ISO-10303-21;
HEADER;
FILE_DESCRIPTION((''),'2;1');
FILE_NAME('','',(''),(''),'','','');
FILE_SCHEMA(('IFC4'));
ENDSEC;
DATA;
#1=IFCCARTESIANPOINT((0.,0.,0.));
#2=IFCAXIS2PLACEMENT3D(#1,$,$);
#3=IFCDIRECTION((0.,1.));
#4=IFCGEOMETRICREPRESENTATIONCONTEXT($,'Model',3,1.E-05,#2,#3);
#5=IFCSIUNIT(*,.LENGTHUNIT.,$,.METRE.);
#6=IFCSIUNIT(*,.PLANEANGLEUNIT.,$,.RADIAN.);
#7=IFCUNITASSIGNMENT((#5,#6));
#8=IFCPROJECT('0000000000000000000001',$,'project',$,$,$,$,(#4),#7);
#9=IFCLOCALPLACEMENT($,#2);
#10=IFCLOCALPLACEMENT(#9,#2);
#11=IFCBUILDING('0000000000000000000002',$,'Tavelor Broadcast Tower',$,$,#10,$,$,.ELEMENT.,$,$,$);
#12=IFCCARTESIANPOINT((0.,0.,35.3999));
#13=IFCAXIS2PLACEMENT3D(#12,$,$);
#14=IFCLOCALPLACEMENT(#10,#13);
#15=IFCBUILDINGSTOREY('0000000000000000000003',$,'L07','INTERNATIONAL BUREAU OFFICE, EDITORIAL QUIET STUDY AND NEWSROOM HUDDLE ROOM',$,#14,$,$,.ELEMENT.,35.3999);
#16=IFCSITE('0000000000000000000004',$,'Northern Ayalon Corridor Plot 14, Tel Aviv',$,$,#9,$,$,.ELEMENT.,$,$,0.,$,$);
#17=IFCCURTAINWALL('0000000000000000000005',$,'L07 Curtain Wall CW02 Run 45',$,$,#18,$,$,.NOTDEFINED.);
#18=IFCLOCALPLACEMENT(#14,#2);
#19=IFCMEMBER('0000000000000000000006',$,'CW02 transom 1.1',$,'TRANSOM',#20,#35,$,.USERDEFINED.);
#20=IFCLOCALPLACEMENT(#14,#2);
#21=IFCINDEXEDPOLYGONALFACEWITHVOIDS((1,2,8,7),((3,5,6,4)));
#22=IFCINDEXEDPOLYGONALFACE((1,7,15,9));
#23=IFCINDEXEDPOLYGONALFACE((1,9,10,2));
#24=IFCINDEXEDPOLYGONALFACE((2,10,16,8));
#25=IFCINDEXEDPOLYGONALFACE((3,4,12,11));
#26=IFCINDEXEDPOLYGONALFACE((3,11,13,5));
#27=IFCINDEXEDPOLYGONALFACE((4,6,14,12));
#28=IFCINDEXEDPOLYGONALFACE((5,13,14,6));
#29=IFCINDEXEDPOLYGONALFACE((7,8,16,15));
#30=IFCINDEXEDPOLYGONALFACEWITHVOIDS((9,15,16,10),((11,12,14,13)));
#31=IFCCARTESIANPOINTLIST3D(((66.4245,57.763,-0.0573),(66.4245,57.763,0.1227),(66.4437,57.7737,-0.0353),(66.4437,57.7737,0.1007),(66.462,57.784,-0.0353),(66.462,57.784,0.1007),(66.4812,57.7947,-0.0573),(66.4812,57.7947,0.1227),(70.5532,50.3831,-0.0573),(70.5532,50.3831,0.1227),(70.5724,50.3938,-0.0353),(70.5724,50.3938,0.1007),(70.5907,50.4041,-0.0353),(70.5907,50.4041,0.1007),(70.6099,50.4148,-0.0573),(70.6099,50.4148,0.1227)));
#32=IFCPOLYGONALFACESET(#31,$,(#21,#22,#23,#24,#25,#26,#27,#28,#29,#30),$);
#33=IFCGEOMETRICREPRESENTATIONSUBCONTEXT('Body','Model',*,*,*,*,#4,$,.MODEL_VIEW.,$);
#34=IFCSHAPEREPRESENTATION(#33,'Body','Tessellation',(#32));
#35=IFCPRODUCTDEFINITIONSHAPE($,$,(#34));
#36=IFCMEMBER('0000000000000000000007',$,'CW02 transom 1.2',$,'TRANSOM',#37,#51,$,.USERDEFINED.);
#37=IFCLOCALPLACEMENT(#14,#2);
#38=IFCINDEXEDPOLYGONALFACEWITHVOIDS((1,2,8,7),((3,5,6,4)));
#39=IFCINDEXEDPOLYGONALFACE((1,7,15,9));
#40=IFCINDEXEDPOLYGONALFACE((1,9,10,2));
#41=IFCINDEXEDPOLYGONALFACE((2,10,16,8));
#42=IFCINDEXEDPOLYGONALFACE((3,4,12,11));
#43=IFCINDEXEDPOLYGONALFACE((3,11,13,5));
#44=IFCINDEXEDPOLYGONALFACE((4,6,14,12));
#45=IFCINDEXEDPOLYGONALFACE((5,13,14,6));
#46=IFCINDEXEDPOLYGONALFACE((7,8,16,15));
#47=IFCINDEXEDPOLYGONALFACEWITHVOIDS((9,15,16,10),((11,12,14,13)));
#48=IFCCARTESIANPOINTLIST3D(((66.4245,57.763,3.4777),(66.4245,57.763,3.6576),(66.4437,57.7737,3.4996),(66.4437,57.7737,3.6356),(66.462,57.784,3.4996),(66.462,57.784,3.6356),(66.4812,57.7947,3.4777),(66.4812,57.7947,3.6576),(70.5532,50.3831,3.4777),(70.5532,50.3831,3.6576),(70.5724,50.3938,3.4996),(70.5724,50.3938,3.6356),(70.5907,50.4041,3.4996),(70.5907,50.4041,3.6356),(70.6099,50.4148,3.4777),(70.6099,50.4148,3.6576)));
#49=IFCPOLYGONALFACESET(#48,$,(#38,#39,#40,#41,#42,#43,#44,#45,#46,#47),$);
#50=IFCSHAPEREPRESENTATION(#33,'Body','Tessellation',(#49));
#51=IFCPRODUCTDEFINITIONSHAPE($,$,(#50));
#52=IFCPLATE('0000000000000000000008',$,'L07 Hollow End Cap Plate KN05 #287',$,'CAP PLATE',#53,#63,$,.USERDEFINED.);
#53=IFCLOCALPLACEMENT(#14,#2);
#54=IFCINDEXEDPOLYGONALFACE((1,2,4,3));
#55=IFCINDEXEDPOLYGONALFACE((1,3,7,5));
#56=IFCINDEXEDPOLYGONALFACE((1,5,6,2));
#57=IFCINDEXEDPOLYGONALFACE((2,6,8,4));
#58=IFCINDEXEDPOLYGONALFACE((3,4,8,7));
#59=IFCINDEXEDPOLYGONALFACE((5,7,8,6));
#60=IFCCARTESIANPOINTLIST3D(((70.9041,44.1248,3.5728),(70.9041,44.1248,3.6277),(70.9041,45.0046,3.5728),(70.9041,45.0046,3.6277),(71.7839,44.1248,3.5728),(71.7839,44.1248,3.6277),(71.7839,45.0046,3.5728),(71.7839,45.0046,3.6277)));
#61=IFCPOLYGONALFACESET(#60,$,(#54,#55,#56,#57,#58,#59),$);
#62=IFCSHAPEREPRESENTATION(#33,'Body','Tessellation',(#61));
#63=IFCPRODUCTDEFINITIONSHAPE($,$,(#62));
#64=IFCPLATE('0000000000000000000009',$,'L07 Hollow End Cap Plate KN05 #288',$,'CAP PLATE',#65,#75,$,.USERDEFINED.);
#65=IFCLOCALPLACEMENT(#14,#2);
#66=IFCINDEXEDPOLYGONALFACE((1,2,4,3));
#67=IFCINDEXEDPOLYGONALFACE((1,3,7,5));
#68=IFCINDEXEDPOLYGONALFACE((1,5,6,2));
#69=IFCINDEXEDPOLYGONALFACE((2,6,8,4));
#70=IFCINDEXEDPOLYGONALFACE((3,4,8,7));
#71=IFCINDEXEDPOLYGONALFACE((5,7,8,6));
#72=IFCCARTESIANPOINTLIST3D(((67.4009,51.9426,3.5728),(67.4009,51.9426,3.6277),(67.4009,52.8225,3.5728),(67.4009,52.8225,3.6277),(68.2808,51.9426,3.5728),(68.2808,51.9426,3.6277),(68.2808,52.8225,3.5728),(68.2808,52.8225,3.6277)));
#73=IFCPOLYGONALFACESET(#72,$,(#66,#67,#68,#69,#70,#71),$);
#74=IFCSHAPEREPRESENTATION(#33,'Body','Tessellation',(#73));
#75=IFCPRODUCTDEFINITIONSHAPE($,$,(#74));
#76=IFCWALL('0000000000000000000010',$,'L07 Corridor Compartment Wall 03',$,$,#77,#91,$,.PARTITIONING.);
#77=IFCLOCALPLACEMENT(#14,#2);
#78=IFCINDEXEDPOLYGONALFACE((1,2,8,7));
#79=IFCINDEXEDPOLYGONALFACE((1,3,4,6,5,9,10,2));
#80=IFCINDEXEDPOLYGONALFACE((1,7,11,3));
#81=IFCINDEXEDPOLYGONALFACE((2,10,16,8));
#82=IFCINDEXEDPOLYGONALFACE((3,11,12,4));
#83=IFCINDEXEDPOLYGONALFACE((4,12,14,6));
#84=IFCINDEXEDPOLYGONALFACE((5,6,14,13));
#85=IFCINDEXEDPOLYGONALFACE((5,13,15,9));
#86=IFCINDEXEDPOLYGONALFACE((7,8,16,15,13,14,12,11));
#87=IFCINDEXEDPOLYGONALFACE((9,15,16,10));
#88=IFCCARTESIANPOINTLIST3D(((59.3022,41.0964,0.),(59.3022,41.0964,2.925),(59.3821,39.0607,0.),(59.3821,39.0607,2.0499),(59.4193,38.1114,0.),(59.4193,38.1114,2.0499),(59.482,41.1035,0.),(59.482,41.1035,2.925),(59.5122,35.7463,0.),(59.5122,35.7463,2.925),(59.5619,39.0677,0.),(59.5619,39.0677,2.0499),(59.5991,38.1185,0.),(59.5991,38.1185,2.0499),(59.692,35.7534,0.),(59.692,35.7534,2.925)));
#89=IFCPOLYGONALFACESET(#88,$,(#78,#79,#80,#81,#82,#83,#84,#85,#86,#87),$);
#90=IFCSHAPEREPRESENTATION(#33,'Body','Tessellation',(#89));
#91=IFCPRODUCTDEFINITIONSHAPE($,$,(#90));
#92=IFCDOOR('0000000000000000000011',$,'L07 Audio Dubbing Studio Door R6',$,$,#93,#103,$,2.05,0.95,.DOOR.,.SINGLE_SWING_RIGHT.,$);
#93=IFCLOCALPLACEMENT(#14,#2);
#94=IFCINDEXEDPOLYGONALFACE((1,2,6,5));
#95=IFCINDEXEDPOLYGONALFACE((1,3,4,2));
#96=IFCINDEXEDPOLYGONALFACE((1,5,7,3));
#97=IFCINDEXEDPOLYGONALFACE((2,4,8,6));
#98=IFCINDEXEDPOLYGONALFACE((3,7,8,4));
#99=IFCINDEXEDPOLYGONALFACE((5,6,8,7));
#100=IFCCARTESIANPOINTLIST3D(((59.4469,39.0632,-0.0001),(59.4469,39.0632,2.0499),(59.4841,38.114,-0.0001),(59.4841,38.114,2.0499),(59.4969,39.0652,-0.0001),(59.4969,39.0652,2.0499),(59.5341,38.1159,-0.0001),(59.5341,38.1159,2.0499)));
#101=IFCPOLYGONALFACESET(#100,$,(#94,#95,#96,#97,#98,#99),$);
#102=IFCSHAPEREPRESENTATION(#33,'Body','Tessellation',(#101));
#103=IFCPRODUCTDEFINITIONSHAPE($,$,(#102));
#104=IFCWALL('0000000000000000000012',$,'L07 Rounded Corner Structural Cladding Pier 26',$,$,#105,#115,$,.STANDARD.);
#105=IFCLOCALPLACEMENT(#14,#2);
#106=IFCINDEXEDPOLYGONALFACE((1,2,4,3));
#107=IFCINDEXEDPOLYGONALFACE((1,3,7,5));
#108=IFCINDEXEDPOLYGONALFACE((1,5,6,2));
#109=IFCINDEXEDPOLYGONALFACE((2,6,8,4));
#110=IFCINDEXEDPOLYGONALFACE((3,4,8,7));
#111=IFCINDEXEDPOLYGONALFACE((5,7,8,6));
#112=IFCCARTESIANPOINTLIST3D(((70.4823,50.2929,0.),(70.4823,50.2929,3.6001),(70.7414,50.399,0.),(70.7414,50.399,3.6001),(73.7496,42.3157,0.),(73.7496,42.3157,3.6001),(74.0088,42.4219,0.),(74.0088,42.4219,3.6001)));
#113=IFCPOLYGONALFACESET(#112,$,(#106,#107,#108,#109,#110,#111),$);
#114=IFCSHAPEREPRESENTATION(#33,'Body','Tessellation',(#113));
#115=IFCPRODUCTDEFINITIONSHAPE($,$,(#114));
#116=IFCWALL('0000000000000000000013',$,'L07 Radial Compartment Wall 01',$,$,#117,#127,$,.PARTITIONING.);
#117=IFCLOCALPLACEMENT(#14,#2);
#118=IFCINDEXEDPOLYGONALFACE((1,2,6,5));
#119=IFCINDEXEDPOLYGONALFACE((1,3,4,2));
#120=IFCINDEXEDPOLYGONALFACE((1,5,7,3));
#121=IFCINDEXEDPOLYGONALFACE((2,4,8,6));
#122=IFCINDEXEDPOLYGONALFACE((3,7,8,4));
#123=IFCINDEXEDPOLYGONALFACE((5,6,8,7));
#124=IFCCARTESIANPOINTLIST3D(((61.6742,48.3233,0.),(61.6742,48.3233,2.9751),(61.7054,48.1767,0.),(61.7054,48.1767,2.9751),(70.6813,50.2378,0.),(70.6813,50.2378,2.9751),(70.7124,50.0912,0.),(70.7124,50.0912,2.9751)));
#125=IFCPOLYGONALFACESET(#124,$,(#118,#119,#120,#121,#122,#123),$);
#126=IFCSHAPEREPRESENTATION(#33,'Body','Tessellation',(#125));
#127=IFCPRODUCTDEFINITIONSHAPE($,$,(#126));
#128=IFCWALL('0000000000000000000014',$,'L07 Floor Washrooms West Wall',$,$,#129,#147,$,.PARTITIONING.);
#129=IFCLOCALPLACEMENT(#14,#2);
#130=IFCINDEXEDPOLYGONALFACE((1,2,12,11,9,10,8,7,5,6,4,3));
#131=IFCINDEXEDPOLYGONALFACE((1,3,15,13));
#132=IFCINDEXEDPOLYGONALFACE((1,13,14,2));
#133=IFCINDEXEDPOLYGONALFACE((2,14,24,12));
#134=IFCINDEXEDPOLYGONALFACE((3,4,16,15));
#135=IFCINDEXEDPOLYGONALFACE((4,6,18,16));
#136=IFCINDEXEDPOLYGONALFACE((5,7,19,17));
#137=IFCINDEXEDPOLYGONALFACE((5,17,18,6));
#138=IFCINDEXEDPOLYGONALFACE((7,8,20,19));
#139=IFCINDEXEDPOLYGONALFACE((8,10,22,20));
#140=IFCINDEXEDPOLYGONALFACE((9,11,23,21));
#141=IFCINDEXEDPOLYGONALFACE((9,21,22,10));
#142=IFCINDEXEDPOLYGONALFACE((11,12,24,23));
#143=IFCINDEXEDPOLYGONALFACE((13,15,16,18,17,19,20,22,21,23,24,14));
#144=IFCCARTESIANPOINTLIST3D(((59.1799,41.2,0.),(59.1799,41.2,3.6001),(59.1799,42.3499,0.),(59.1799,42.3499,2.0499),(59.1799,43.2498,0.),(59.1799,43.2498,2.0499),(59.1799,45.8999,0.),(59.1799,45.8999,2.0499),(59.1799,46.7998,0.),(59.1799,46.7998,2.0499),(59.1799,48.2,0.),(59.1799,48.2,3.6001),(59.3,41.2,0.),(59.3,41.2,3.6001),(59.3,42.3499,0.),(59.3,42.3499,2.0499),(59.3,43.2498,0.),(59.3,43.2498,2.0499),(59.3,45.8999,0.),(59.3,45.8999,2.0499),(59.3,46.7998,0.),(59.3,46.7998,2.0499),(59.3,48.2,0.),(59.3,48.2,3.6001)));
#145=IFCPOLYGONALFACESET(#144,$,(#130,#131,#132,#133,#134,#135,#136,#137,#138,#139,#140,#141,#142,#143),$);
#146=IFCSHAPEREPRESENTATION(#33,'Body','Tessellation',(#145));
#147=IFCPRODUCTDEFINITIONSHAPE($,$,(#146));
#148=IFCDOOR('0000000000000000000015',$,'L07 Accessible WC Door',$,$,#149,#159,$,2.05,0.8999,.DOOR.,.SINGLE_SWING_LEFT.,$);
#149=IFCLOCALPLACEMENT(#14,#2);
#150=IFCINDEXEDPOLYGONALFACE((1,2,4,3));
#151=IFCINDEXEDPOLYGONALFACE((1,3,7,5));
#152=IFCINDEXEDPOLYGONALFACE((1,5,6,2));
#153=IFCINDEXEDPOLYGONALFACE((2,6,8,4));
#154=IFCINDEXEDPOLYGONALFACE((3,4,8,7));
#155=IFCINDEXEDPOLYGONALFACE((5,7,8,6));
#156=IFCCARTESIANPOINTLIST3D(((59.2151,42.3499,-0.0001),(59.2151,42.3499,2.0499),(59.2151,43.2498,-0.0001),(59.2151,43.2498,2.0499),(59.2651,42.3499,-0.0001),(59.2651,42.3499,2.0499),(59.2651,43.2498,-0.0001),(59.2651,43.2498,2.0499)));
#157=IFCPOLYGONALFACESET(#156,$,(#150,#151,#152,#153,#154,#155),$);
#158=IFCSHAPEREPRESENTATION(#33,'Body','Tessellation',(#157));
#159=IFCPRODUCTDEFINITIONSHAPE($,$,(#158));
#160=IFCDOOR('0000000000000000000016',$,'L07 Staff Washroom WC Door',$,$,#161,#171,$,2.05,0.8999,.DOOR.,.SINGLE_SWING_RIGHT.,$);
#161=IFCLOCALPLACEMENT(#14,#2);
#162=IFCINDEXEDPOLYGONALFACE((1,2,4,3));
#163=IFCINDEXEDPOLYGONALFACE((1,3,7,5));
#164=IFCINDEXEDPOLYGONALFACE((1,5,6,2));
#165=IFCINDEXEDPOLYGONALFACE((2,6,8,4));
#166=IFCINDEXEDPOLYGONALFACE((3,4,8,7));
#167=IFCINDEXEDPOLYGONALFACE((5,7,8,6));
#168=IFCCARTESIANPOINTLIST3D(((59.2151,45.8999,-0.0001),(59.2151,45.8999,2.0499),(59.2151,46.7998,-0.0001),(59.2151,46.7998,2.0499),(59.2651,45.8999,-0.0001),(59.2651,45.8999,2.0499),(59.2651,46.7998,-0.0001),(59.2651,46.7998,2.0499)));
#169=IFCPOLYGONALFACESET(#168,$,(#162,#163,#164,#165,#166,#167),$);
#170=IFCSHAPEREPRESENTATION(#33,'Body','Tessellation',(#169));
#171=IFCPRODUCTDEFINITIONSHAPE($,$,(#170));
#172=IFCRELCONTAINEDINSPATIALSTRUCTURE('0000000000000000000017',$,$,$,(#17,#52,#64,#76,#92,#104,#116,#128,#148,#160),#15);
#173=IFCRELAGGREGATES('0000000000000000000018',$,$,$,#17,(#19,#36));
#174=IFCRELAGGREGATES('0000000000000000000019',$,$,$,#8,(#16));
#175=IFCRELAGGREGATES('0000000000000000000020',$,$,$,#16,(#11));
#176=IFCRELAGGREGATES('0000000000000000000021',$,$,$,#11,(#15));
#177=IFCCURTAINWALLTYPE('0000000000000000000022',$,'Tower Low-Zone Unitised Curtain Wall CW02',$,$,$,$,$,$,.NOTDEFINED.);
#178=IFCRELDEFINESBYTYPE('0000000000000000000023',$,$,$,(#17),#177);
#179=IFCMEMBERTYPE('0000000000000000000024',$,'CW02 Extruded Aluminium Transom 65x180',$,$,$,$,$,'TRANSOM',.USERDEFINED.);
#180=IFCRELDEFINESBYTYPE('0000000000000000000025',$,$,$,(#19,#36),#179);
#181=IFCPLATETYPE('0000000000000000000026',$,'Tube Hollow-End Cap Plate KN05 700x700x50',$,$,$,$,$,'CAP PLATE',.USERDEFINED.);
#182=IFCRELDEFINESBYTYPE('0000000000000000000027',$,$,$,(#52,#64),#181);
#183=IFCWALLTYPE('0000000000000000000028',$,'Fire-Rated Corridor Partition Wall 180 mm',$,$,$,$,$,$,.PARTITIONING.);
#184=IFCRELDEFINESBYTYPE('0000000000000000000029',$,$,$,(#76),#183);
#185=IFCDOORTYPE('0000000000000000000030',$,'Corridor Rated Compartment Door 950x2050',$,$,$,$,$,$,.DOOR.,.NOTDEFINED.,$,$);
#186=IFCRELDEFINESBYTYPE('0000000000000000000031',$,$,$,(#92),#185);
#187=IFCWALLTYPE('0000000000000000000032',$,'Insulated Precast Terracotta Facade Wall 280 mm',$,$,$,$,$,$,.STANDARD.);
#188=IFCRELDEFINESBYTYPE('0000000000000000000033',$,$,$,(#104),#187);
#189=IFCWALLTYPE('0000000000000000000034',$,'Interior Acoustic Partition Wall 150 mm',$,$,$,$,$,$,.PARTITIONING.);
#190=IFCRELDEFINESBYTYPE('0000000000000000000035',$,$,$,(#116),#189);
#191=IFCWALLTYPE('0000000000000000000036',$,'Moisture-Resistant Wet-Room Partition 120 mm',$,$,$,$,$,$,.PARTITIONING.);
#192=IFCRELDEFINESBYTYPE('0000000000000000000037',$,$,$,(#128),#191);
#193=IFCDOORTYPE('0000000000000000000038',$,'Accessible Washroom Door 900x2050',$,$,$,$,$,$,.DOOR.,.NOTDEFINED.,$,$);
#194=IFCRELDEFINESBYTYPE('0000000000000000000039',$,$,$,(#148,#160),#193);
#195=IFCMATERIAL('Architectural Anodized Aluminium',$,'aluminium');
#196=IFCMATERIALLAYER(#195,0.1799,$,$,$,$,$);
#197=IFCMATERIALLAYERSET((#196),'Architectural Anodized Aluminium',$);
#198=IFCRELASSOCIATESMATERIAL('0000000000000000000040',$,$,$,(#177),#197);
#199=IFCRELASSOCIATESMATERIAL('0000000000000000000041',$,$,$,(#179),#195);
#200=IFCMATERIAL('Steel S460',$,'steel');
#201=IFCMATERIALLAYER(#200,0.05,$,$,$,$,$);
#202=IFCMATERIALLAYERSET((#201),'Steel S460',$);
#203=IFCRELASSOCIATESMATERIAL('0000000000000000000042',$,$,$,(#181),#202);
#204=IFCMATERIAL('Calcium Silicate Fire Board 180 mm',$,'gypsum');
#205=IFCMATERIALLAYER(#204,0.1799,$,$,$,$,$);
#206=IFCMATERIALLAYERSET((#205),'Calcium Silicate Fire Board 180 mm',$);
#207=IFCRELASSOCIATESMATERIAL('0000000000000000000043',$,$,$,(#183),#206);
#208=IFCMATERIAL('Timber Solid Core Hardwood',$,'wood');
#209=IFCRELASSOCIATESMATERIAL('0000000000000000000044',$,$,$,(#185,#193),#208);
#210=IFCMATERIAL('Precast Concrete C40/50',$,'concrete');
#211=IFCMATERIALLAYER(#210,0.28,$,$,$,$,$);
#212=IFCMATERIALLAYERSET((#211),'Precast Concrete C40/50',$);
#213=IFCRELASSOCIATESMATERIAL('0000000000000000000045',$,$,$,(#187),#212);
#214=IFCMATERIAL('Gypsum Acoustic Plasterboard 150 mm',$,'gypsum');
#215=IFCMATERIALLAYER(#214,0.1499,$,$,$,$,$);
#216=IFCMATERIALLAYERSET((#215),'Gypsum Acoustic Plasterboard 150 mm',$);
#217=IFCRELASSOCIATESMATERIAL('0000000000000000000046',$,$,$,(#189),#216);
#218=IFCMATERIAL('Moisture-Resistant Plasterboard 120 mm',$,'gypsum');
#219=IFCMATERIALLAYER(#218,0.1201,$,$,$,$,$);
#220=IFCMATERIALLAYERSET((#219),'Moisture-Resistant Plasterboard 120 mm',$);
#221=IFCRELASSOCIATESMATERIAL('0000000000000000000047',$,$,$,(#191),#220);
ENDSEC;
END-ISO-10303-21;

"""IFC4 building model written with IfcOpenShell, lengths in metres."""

from ifc_helpers import new_model, si_unit, direction, frame, frame_2d, origin, origin_2d, place, context, subcontext, project, spatial, rectangle, hollow_rectangle, extrude, source, transform, mapped, material, layer, layer_set, material_profile, profile_set, type_object, type_shapes, element, fill, aggregate, save


model = new_model("IFC4")

# Units and contexts
model_context = context("Model", 3, precision=1e-05, world=origin(), true_north=direction((0.0, 1.0)))
body_context = subcontext(model_context, "Body", "Model", "MODEL_VIEW")
ifc_project = project(units=[si_unit("LENGTHUNIT", "METRE"), si_unit("PLANEANGLEUNIT", "RADIAN")], contexts=[model_context])

# Site, building, storey
site_placement = place(None, origin())
site = spatial("IfcSite", under=ifc_project, at=site_placement, Name="Northern Ayalon Corridor Plot 14, Tel Aviv", CompositionType="ELEMENT", RefElevation=0.0)
building_placement = place(site_placement, origin())
building = spatial("IfcBuilding", under=site, at=building_placement, Name="Tavelor Broadcast Tower", CompositionType="ELEMENT")
storey_placement = place(building_placement, frame((0.0, 0.0, 35.3999)))
storey = spatial("IfcBuildingStorey", under=building, at=storey_placement, Name="L07", Description="INTERNATIONAL BUREAU OFFICE, EDITORIAL QUIET STUDY AND NEWSROOM HUDDLE ROOM", CompositionType="ELEMENT", Elevation=35.3999)

# Shared definitions
ifc_material_1 = material(Name="Steel S460", Category="steel")

# Curtain wall, members
ifc_material_2 = material(Name="Architectural Anodized Aluminium", Category="aluminium")
ifc_layer_1 = layer(ifc_material_2, 0.1799)
ifc_layer_set_1 = layer_set([ifc_layer_1], Name="Architectural Anodized Aluminium")
curtain_wall_type = type_object("IfcCurtainWallType", Name="Tower Low-Zone Unitised Curtain Wall CW02", PredefinedType="NOTDEFINED", material=ifc_layer_set_1)
curtain_wall_placement = place(storey_placement, origin())
curtain_wall = element("IfcCurtainWall", 1, at=curtain_wall_placement, inside=storey, type_object=curtain_wall_type, Name="L07 Curtain Wall CW02 Run 45", PredefinedType="NOTDEFINED")
ifc_material_profile_1 = material_profile(ifc_material_2, hollow_rectangle(XDim=0.0649, YDim=0.1799, WallThickness=0.022, at=origin_2d()), Name="RHS 65x180x22")
ifc_profile_set_1 = profile_set([ifc_material_profile_1], Name="Architectural Anodized Aluminium")
member_type_1 = type_object("IfcMemberType", Name="CW02 Extruded Aluminium Transom 65x180", ElementType="TRANSOM", PredefinedType="USERDEFINED", material=ifc_profile_set_1)
shared_shape_1 = source(origin(), body_context, "Body", "SweptSolid", [
    extrude(hollow_rectangle(XDim=0.0649, YDim=0.1799, WallThickness=0.022, at=origin_2d()), origin(), (0.0, 0.0, 1.0), 8.4563),
])
type_shapes(member_type_1, [shared_shape_1])
member_1_placement = place(storey_placement, frame((70.5815, 50.3989, 0.0327), z_axis=(-0.488237, 0.872711, 0.0), x_axis=(-0.872711, -0.488237, 0.0)))
member_1 = element("IfcMember", 2, at=member_1_placement, type_object=member_type_1, Name="CW02 transom 1.1", ObjectType="TRANSOM", PredefinedType="USERDEFINED", context=body_context, shape_type="MappedRepresentation", body=[
    mapped(shared_shape_1, transform((0.0, 0.0, 0.0), scale=1.0)),
])
member_2_placement = place(storey_placement, frame((70.5815, 50.3989, 3.5676), z_axis=(-0.488237, 0.872711, 0.0), x_axis=(-0.872711, -0.488237, 0.0)))
member_2 = element("IfcMember", 3, at=member_2_placement, type_object=member_type_1, Name="CW02 transom 1.2", ObjectType="TRANSOM", PredefinedType="USERDEFINED", context=body_context, shape_type="MappedRepresentation", body=[
    mapped(shared_shape_1, transform((0.0, 0.0, 0.0), scale=1.0)),
])
aggregate(curtain_wall, [member_1, member_2])

# Plates
ifc_layer_2 = layer(ifc_material_1, 0.05)
ifc_layer_set_2 = layer_set([ifc_layer_2], Name="Steel S460")
plate_type = type_object("IfcPlateType", Name="Tube Hollow-End Cap Plate KN05 700x700x50", ElementType="CAP PLATE", PredefinedType="USERDEFINED", material=ifc_layer_set_2)
shared_shape_2 = source(origin(), body_context, "Body", "SweptSolid", [
    extrude(rectangle(XDim=0.8799, YDim=0.8799, at=origin_2d()), origin(), (0.0, 0.0, 1.0), 0.0549),
])
type_shapes(plate_type, [shared_shape_2])
for number, where, z_axis, x_axis, name in (
    (4, (71.344, 44.5647, 3.5728), (0.0, 0.0, 1.0), (1.0, 0.0, 0.0), "L07 Hollow End Cap Plate KN05 #287"),
    (5, (67.8408, 52.3826, 3.5728), (0.0, 0.0, 1.0), (1.0, 0.0, 0.0), "L07 Hollow End Cap Plate KN05 #288"),
):
    element("IfcPlate", number, at=place(storey_placement, frame(where, z_axis=z_axis, x_axis=x_axis)), inside=storey, type_object=plate_type, Name=name, ObjectType="CAP PLATE", PredefinedType="USERDEFINED", context=body_context, shape_type="MappedRepresentation", body=[
        mapped(shared_shape_2, transform((0.0, 0.0, 0.0), scale=1.0)),
    ])

# Wall, opening, door
ifc_material_3 = material(Name="Calcium Silicate Fire Board 180 mm", Category="gypsum")
ifc_layer_3 = layer(ifc_material_3, 0.1799)
ifc_layer_set_3 = layer_set([ifc_layer_3], Name="Calcium Silicate Fire Board 180 mm")
wall_type_1 = type_object("IfcWallType", Name="Fire-Rated Corridor Partition Wall 180 mm", PredefinedType="PARTITIONING", material=ifc_layer_set_3)
wall_1_placement = place(storey_placement, frame((59.3921, 41.1001, 0.0), z_axis=(0.0, 0.0, 1.0), x_axis=(0.039214, -0.999231, 0.0)))
wall_1 = element("IfcWall", 6, at=wall_1_placement, inside=storey, type_object=wall_type_1, Name="L07 Corridor Compartment Wall 03", PredefinedType="PARTITIONING", context=body_context, shape_type="SweptSolid", body=[
    extrude(rectangle(XDim=5.3542, YDim=0.1799, at=frame_2d((2.6772, 0.0))), origin(), (0.0, 0.0, 1.0), 2.925),
])
opening_1_placement = place(wall_1_placement, frame((2.0374, 0.0, 0.0)))
opening_1 = element("IfcOpeningElement", 7, at=opening_1_placement, cuts=wall_1, PredefinedType="OPENING", context=body_context, shape_type="SweptSolid", body=[
    extrude(rectangle(XDim=0.95, YDim=2.05, at=frame_2d((0.4751, 1.0249))), frame((0.0, 0.1001, 0.0), z_axis=(0.0, -1.0, 0.0), x_axis=(1.0, 0.0, 0.0)), (0.0, 0.0, 1.0), 0.2),
])
ifc_material_4 = material(Name="Timber Solid Core Hardwood", Category="wood")
door_type_1 = type_object("IfcDoorType", Name="Corridor Rated Compartment Door 950x2050", OperationType="NOTDEFINED", PredefinedType="DOOR", material=ifc_material_4)
door_1_placement = place(opening_1_placement, origin())
door_1 = element("IfcDoor", 8, at=door_1_placement, inside=storey, type_object=door_type_1, Name="L07 Audio Dubbing Studio Door R6", OperationType="SINGLE_SWING_RIGHT", OverallHeight=2.05, OverallWidth=0.95, PredefinedType="DOOR", context=body_context, shape_type="SweptSolid", body=[
    extrude(rectangle(XDim=0.95, YDim=2.05, at=frame_2d((0.4751, 1.0249))), frame((0.0, 0.0249, 0.0), z_axis=(0.0, -1.0, 0.0), x_axis=(1.0, 0.0, 0.0)), (0.0, 0.0, 1.0), 0.05),
])
fill(opening_1, door_1)

# Walls
ifc_material_5 = material(Name="Precast Concrete C40/50", Category="concrete")
ifc_layer_4 = layer(ifc_material_5, 0.28)
ifc_layer_set_4 = layer_set([ifc_layer_4], Name="Precast Concrete C40/50")
wall_type_2 = type_object("IfcWallType", Name="Insulated Precast Terracotta Facade Wall 280 mm", PredefinedType="STANDARD", material=ifc_layer_set_4)
wall_2_placement = place(storey_placement, frame((73.8792, 42.3689, 0.0), z_axis=(0.0, 0.0, 1.0), x_axis=(-0.37903, 0.925384, 0.0)))
element("IfcWall", 9, at=wall_2_placement, inside=storey, type_object=wall_type_2, Name="L07 Rounded Corner Structural Cladding Pier 26", PredefinedType="STANDARD", context=body_context, shape_type="SweptSolid", body=[
    extrude(rectangle(XDim=8.6204, YDim=0.28, at=frame_2d((4.3101, 0.0))), origin(), (0.0, 0.0, 1.0), 3.6001),
])
ifc_material_6 = material(Name="Gypsum Acoustic Plasterboard 150 mm", Category="gypsum")
ifc_layer_5 = layer(ifc_material_6, 0.1499)
ifc_layer_set_5 = layer_set([ifc_layer_5], Name="Gypsum Acoustic Plasterboard 150 mm")
wall_type_3 = type_object("IfcWallType", Name="Interior Acoustic Partition Wall 150 mm", PredefinedType="PARTITIONING", material=ifc_layer_set_5)
wall_3_placement = place(storey_placement, frame((61.6899, 48.25, 0.0), z_axis=(0.0, 0.0, 1.0), x_axis=(0.978147, 0.207916, 0.0)))
element("IfcWall", 10, at=wall_3_placement, inside=storey, type_object=wall_type_3, Name="L07 Radial Compartment Wall 01", PredefinedType="PARTITIONING", context=body_context, shape_type="SweptSolid", body=[
    extrude(rectangle(XDim=9.2083, YDim=0.1499, at=frame_2d((4.604, 0.0))), origin(), (0.0, 0.0, 1.0), 2.9751),
])

# Wall, openings, doors
ifc_material_7 = material(Name="Moisture-Resistant Plasterboard 120 mm", Category="gypsum")
ifc_layer_6 = layer(ifc_material_7, 0.1201)
ifc_layer_set_6 = layer_set([ifc_layer_6], Name="Moisture-Resistant Plasterboard 120 mm")
wall_type_4 = type_object("IfcWallType", Name="Moisture-Resistant Wet-Room Partition 120 mm", PredefinedType="PARTITIONING", material=ifc_layer_set_6)
wall_4_placement = place(storey_placement, frame((59.24, 41.2, 0.0), z_axis=(0.0, 0.0, 1.0), x_axis=(0.0, 1.0, 0.0)))
wall_4 = element("IfcWall", 11, at=wall_4_placement, inside=storey, type_object=wall_type_4, Name="L07 Floor Washrooms West Wall", PredefinedType="PARTITIONING", context=body_context, shape_type="SweptSolid", body=[
    extrude(rectangle(XDim=7.0, YDim=0.1201, at=frame_2d((3.5, 0.0))), origin(), (0.0, 0.0, 1.0), 3.6001),
])
opening_2_placement = place(wall_4_placement, frame((1.1499, 0.0, 0.0)))
opening_2 = element("IfcOpeningElement", 12, at=opening_2_placement, cuts=wall_4, PredefinedType="OPENING", context=body_context, shape_type="SweptSolid", body=[
    extrude(rectangle(XDim=0.8999, YDim=2.05, at=frame_2d((0.45, 1.0249))), frame((0.0, 0.0701, 0.0), z_axis=(0.0, -1.0, 0.0), x_axis=(1.0, 0.0, 0.0)), (0.0, 0.0, 1.0), 0.1401),
])
opening_3_placement = place(wall_4_placement, frame((4.7, 0.0, 0.0)))
opening_3 = element("IfcOpeningElement", 13, at=opening_3_placement, cuts=wall_4, PredefinedType="OPENING", context=body_context, shape_type="SweptSolid", body=[
    extrude(rectangle(XDim=0.8999, YDim=2.05, at=frame_2d((0.45, 1.0249))), frame((0.0, 0.0701, 0.0), z_axis=(0.0, -1.0, 0.0), x_axis=(1.0, 0.0, 0.0)), (0.0, 0.0, 1.0), 0.1401),
])
door_type_2 = type_object("IfcDoorType", Name="Accessible Washroom Door 900x2050", OperationType="NOTDEFINED", PredefinedType="DOOR", material=ifc_material_4)
door_2_placement = place(opening_2_placement, origin())
door_2 = element("IfcDoor", 14, at=door_2_placement, inside=storey, type_object=door_type_2, Name="L07 Accessible WC Door", OperationType="SINGLE_SWING_LEFT", OverallHeight=2.05, OverallWidth=0.8999, PredefinedType="DOOR", context=body_context, shape_type="SweptSolid", body=[
    extrude(rectangle(XDim=0.8999, YDim=2.05, at=frame_2d((0.45, 1.0249))), frame((0.0, 0.0249, 0.0), z_axis=(0.0, -1.0, 0.0), x_axis=(1.0, 0.0, 0.0)), (0.0, 0.0, 1.0), 0.05),
])
fill(opening_2, door_2)
door_3_placement = place(opening_3_placement, origin())
door_3 = element("IfcDoor", 15, at=door_3_placement, inside=storey, type_object=door_type_2, Name="L07 Staff Washroom WC Door", OperationType="SINGLE_SWING_RIGHT", OverallHeight=2.05, OverallWidth=0.8999, PredefinedType="DOOR", context=body_context, shape_type="SweptSolid", body=[
    extrude(rectangle(XDim=0.8999, YDim=2.05, at=frame_2d((0.45, 1.0249))), frame((0.0, 0.0249, 0.0), z_axis=(0.0, -1.0, 0.0), x_axis=(1.0, 0.0, 0.0)), (0.0, 0.0, 1.0), 0.05),
])
fill(opening_3, door_3)

save(model, "model.ifc")
